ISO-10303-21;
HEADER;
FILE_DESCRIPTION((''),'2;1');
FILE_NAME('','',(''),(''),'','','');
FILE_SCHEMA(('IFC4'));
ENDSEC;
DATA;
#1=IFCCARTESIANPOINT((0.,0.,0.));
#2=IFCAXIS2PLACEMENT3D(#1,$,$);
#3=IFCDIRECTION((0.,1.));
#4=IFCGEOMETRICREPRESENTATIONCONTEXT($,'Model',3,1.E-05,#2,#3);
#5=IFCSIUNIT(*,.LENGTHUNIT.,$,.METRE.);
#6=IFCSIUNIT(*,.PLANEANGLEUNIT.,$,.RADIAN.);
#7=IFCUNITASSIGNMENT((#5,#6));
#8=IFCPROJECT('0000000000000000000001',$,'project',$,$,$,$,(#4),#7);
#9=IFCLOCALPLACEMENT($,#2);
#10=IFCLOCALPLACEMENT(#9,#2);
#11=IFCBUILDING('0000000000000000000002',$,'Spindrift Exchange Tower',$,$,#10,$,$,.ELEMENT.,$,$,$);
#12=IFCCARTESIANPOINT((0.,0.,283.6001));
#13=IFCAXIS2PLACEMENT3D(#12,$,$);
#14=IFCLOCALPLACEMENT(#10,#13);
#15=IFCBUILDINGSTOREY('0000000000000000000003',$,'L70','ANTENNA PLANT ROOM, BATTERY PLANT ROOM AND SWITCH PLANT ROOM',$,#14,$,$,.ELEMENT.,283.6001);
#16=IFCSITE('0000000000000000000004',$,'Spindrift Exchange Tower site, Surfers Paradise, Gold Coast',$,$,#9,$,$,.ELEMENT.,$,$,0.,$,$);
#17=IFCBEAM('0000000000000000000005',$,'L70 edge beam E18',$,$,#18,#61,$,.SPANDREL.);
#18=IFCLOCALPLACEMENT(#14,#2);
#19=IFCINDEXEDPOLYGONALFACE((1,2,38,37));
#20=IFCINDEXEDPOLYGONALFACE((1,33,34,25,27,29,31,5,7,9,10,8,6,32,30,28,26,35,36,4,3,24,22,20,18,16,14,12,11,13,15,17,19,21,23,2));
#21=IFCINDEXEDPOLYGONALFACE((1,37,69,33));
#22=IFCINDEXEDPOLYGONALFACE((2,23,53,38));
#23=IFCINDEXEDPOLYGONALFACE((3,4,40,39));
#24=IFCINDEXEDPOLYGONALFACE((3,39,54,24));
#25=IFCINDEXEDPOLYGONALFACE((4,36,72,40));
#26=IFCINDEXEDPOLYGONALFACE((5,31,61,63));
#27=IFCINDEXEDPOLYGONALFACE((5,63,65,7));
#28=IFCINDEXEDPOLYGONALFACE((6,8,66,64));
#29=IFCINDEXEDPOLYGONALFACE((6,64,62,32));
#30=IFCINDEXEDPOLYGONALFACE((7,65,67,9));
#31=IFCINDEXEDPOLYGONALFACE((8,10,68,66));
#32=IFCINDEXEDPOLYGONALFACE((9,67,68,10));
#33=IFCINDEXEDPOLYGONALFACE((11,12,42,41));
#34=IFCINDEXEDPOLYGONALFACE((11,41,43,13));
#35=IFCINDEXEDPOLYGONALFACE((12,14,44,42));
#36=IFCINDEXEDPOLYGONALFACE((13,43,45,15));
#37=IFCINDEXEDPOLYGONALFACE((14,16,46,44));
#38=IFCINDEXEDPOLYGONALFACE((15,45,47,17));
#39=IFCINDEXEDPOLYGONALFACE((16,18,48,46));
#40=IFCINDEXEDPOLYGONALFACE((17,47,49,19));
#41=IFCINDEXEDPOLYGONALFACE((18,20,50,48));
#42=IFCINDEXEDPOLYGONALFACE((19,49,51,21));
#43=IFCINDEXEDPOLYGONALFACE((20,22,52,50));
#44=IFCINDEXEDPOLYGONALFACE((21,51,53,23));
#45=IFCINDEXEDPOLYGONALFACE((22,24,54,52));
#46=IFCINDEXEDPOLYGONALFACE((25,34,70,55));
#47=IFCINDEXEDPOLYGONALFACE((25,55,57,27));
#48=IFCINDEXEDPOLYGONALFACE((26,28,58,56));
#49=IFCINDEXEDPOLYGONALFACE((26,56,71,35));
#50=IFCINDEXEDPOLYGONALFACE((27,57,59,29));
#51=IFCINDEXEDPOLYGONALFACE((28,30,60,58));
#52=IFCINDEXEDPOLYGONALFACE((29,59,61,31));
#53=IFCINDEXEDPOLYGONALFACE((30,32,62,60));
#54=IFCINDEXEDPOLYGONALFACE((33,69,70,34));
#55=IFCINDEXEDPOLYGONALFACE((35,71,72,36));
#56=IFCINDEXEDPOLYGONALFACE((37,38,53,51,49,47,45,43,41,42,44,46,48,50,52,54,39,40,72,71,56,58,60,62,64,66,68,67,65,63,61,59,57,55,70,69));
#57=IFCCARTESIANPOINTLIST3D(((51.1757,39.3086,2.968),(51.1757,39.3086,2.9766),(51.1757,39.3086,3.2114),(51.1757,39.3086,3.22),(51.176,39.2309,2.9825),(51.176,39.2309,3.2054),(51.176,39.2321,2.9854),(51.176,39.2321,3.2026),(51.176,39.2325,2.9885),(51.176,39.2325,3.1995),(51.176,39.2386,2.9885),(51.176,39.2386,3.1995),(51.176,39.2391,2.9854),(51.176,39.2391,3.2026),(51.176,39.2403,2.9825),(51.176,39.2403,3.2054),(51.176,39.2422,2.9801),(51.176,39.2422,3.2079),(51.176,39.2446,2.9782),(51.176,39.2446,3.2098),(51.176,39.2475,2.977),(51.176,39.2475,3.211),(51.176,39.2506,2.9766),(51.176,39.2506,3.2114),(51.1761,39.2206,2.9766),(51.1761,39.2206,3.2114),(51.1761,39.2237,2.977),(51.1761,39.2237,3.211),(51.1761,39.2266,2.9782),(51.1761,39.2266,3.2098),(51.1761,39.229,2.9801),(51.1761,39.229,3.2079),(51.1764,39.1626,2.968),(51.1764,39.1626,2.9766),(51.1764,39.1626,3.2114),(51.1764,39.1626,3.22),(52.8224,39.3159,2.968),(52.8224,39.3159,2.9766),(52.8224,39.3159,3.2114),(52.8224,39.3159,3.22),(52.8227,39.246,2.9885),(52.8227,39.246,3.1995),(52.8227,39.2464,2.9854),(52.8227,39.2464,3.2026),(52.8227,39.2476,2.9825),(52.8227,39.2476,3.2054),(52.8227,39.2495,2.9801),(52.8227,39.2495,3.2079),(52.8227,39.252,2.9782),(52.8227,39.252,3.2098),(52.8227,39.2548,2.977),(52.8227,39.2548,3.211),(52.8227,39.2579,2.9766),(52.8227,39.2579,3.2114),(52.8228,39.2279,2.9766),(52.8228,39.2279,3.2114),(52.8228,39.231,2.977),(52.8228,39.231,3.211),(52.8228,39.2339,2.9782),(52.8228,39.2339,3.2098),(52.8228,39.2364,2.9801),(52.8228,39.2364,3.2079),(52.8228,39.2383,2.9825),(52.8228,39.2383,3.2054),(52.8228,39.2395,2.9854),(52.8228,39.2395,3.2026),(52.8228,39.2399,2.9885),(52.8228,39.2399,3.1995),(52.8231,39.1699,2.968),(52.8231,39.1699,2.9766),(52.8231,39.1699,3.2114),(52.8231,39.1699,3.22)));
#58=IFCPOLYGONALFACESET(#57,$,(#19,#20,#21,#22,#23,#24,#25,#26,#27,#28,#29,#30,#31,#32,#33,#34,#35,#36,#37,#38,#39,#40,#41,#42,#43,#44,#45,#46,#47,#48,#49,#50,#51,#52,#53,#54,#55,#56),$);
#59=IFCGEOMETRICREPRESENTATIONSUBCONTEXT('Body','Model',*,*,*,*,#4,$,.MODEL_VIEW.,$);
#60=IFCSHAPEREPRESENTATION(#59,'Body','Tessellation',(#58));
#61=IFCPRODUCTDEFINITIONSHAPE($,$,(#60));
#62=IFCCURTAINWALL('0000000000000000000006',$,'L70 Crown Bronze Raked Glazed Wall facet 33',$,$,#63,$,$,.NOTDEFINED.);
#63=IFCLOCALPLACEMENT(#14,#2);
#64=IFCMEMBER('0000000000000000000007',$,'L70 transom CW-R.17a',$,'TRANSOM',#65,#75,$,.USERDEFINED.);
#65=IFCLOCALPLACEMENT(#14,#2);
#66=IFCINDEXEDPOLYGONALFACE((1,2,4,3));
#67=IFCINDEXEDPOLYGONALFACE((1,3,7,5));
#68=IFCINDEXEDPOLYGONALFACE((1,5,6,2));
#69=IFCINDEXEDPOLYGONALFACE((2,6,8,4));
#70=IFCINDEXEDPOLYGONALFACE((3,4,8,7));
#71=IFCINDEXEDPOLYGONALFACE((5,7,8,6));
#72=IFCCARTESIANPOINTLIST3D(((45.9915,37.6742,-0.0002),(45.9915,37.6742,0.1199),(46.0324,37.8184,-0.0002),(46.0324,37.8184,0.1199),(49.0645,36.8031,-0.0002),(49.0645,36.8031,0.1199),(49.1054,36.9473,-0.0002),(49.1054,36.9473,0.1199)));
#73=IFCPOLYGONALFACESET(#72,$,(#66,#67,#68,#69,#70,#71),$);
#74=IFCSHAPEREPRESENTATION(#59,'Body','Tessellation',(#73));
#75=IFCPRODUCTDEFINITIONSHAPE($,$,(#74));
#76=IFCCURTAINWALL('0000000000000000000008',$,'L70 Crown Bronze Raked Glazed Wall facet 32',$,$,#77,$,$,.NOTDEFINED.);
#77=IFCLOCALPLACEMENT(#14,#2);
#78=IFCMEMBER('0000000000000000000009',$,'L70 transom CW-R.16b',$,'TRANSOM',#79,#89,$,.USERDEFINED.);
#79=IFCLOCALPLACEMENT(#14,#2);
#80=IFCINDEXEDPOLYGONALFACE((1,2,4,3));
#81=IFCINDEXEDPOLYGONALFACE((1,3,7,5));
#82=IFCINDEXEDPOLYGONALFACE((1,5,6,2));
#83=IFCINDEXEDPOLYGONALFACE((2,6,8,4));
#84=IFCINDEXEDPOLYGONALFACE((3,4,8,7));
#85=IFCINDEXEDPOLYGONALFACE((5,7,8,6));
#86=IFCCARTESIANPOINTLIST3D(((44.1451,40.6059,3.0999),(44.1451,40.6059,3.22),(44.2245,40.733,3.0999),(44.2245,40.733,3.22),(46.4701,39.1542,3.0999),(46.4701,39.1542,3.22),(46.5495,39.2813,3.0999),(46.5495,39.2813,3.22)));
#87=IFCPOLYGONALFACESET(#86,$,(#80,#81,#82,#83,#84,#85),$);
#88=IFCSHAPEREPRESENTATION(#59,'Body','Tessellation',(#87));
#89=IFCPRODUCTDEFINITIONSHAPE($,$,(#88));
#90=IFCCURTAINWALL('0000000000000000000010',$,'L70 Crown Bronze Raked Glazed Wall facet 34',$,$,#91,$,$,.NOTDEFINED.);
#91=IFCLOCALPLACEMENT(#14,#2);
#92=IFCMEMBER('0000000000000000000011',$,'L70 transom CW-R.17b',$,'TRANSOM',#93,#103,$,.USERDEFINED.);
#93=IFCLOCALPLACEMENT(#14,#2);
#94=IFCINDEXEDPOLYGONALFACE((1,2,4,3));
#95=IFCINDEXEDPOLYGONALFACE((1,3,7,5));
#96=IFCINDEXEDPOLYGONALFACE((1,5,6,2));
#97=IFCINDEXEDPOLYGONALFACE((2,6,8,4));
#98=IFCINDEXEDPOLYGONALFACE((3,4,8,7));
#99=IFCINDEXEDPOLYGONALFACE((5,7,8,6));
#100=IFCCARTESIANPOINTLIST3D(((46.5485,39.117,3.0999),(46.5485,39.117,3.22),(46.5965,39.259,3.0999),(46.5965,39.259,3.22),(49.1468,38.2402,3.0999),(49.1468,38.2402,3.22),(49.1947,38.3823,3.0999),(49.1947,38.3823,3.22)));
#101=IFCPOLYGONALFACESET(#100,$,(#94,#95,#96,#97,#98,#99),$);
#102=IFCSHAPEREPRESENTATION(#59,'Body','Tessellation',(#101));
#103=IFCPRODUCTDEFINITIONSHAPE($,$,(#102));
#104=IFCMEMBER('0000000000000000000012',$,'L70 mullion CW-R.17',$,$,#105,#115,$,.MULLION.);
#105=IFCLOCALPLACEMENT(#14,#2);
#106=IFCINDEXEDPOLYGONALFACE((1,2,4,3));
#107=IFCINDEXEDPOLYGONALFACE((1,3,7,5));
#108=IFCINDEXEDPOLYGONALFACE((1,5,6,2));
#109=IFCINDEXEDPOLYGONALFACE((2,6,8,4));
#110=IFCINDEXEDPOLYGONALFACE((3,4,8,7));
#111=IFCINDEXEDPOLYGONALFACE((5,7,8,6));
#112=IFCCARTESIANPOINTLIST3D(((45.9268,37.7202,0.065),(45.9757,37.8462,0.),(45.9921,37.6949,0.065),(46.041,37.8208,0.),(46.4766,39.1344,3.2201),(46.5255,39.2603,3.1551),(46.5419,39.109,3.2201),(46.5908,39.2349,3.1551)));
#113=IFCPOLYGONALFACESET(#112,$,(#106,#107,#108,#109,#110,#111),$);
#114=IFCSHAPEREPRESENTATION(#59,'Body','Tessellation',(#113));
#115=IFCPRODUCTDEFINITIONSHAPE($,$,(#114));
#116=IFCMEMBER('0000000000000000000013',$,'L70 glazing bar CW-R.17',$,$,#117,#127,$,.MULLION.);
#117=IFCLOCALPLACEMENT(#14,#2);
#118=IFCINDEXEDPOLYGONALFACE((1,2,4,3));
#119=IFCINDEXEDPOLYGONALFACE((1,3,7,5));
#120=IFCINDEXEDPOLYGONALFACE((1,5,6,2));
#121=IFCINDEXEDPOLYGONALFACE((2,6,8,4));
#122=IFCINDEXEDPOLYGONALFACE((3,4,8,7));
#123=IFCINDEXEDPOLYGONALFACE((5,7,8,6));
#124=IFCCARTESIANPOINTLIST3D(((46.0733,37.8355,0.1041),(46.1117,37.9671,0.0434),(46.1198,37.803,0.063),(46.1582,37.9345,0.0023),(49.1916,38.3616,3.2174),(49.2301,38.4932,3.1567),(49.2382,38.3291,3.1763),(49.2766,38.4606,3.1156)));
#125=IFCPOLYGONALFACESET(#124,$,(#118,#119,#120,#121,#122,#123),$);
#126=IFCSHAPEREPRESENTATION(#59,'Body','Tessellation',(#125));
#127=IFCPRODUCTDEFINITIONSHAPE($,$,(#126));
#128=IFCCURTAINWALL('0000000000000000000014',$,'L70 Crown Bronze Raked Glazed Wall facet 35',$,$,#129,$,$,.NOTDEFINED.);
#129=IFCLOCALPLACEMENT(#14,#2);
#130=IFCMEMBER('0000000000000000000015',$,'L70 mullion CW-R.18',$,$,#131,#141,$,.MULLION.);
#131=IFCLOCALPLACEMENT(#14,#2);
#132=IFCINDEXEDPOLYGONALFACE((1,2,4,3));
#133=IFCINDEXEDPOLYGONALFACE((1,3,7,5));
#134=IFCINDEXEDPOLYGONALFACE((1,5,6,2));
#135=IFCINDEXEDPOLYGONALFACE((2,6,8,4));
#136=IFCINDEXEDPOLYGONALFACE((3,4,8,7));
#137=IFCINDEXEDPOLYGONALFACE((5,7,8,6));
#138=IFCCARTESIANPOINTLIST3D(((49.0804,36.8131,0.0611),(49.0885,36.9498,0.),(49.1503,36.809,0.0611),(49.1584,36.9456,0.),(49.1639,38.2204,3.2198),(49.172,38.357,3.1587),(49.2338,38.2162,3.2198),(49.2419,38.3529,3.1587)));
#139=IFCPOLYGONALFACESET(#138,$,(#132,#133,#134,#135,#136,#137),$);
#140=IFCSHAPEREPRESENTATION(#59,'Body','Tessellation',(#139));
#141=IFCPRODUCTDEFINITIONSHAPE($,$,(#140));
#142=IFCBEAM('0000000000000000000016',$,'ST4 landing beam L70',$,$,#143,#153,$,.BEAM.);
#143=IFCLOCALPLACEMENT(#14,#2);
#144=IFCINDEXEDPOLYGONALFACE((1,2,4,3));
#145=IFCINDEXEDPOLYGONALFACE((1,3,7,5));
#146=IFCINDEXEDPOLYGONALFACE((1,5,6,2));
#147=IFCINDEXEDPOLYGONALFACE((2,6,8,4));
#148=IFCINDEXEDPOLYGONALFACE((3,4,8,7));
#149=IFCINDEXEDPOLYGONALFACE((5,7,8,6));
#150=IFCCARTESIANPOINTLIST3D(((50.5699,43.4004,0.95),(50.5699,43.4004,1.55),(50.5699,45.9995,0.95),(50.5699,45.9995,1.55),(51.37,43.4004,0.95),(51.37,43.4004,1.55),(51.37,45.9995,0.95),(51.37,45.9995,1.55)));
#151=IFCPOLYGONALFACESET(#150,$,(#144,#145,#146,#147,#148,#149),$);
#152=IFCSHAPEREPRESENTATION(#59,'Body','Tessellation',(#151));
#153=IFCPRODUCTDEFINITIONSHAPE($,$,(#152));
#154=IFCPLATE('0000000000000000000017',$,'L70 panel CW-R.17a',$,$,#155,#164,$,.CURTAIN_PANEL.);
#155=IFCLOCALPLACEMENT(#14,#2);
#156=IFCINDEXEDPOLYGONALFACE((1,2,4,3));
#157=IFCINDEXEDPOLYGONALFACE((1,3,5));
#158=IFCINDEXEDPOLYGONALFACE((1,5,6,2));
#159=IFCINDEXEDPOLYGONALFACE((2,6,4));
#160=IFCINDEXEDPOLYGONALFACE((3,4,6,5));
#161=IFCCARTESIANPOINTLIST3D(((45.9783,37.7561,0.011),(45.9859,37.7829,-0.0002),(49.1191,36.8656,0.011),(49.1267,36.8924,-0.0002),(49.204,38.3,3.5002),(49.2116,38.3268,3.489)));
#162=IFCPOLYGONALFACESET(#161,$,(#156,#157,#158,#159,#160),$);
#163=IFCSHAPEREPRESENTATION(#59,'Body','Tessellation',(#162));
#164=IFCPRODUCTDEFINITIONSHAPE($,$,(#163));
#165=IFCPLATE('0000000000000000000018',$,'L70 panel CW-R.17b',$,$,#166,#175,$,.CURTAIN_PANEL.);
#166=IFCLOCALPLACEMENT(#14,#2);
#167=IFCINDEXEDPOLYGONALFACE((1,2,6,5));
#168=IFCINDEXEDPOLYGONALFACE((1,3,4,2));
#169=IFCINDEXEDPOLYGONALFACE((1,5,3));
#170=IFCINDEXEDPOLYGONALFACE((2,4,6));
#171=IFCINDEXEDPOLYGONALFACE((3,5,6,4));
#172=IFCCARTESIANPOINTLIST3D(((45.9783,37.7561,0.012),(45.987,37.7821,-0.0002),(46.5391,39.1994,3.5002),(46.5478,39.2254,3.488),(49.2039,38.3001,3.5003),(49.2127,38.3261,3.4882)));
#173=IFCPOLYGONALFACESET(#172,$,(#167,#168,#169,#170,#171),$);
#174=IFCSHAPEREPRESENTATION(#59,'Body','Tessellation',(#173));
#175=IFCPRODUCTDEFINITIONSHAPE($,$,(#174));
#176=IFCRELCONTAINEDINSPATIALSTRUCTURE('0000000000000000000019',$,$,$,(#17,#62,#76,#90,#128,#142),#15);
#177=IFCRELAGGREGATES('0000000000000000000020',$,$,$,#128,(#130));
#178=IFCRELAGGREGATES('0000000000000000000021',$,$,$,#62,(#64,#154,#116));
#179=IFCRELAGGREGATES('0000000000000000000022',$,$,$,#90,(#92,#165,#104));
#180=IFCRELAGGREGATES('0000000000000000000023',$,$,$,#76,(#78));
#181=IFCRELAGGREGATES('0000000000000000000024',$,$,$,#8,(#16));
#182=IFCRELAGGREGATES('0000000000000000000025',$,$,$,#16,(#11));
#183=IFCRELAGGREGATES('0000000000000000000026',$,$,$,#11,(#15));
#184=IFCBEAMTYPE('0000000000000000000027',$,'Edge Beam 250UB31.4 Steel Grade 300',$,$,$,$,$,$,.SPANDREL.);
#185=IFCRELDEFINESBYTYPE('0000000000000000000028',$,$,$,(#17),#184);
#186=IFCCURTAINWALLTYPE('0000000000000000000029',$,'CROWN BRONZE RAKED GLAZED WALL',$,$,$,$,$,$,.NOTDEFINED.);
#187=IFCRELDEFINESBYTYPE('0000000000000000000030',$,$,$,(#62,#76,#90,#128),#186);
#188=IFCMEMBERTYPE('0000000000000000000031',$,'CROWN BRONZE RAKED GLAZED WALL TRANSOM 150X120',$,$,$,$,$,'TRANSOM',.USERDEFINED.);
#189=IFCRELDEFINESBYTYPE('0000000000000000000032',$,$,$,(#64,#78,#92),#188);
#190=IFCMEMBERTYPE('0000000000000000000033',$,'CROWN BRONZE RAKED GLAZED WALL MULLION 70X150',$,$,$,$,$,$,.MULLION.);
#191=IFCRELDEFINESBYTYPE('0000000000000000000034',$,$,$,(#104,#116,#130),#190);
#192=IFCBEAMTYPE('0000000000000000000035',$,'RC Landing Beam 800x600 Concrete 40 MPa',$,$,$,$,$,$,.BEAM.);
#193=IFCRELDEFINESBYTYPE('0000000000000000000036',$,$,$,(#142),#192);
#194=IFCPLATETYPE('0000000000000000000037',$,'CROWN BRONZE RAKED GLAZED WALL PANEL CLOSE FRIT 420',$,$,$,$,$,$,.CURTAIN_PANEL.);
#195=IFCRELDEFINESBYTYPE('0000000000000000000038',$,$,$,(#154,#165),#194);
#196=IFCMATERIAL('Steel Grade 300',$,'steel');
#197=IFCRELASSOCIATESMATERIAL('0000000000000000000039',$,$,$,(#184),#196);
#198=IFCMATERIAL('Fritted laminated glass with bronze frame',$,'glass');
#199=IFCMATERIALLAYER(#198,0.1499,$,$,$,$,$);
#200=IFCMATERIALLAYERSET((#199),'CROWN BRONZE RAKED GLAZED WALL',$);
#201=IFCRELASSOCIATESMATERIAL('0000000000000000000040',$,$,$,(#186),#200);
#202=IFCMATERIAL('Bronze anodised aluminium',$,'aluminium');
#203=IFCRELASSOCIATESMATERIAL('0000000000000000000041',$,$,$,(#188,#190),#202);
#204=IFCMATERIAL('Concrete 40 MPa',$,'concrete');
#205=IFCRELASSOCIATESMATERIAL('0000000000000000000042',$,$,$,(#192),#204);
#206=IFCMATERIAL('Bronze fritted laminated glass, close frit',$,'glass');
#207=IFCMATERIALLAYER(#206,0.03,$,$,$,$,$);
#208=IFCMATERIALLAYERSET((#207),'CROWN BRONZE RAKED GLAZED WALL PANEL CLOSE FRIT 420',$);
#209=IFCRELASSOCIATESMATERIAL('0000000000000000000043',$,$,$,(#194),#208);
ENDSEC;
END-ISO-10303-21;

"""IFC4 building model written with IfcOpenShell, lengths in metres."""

from ifc_helpers import new_model, si_unit, direction, frame, origin, origin_2d, place, context, subcontext, project, spatial, line, indexed_curve, rectangle, i_section, outline, extrude, source, transform, mapped, material, layer, layer_set, material_profile, profile_set, type_object, element, aggregate, save


model = new_model("IFC4")

# Units and contexts
model_context = context("Model", 3, precision=1e-05, world=origin(), true_north=direction((0.0, 1.0)))
body_context = subcontext(model_context, "Body", "Model", "MODEL_VIEW")
ifc_project = project(units=[si_unit("LENGTHUNIT", "METRE"), si_unit("PLANEANGLEUNIT", "RADIAN")], contexts=[model_context])

# Site, building, storey
site_placement = place(None, origin())
site = spatial("IfcSite", under=ifc_project, at=site_placement, Name="Spindrift Exchange Tower site, Surfers Paradise, Gold Coast", CompositionType="ELEMENT", RefElevation=0.0)
building_placement = place(site_placement, origin())
building = spatial("IfcBuilding", under=site, at=building_placement, Name="Spindrift Exchange Tower", CompositionType="ELEMENT")
storey_placement = place(building_placement, frame((0.0, 0.0, 283.6001)))
storey = spatial("IfcBuildingStorey", under=building, at=storey_placement, Name="L70", Description="ANTENNA PLANT ROOM, BATTERY PLANT ROOM AND SWITCH PLANT ROOM", CompositionType="ELEMENT", Elevation=283.6001)

# Shared definitions
ifc_material_1 = material(Name="Concrete 40 MPa", Category="concrete")

# Beam
ifc_material_2 = material(Name="Steel Grade 300", Category="steel")
ifc_material_profile_1 = material_profile(ifc_material_2, i_section(OverallWidth=0.146, OverallDepth=0.252, WebThickness=0.0061, FlangeThickness=0.0085, FilletRadius=0.012, at=origin_2d()), Name="250UB31.4")
ifc_profile_set_1 = profile_set([ifc_material_profile_1], Name="Steel Grade 300")
beam_type_1 = type_object("IfcBeamType", Name="Edge Beam 250UB31.4 Steel Grade 300", PredefinedType="SPANDREL", material=ifc_profile_set_1)
shared_shape_1 = source(origin(), body_context, "Body", "SweptSolid", [
    extrude(i_section(OverallWidth=0.146, OverallDepth=0.252, WebThickness=0.0061, FlangeThickness=0.0085, FilletRadius=0.012, at=origin_2d()), origin(), (0.0, 0.0, 1.0), 1.6467),
])
beam_1_placement = place(storey_placement, frame((51.176, 39.2356, 3.094), z_axis=(0.99999, 0.004448, 0.0), x_axis=(-0.004448, 0.99999, 0.0)))
element("IfcBeam", 1, at=beam_1_placement, inside=storey, type_object=beam_type_1, Name="L70 edge beam E18", PredefinedType="SPANDREL", context=body_context, shape_type="MappedRepresentation", body=[
    mapped(shared_shape_1, transform((0.0, 0.0, 0.0), scale=1.0)),
])

# Curtain walls, members
ifc_material_3 = material(Name="Fritted laminated glass with bronze frame", Category="glass")
ifc_layer_1 = layer(ifc_material_3, 0.1499)
ifc_layer_set_1 = layer_set([ifc_layer_1], Name="CROWN BRONZE RAKED GLAZED WALL")
curtain_wall_type = type_object("IfcCurtainWallType", Name="CROWN BRONZE RAKED GLAZED WALL", PredefinedType="NOTDEFINED", material=ifc_layer_set_1)
curtain_wall_1_placement = place(storey_placement, origin())
curtain_wall_1 = element("IfcCurtainWall", 2, at=curtain_wall_1_placement, inside=storey, type_object=curtain_wall_type, Name="L70 Crown Bronze Raked Glazed Wall facet 33", PredefinedType="NOTDEFINED")
ifc_material_4 = material(Name="Bronze anodised aluminium", Category="aluminium")
ifc_material_profile_2 = material_profile(ifc_material_4, rectangle(XDim=0.1499, YDim=0.1201, at=origin_2d()), Name="CROWN BRONZE RAKED GLAZED WALL TRANSOM 150X120")
ifc_profile_set_2 = profile_set([ifc_material_profile_2], Name="Bronze anodised aluminium")
member_type_1 = type_object("IfcMemberType", Name="CROWN BRONZE RAKED GLAZED WALL TRANSOM 150X120", ElementType="TRANSOM", PredefinedType="USERDEFINED", material=ifc_profile_set_2)
shared_shape_2 = source(origin(), body_context, "Body", "SweptSolid", [
    extrude(rectangle(XDim=0.1499, YDim=0.1201, at=origin_2d()), origin(), (0.0, 0.0, 1.0), 3.1941),
])
member_1_placement = place(storey_placement, frame((46.012, 37.7463, 0.0598), z_axis=(0.962093, -0.272722, 0.0), x_axis=(0.272722, 0.962093, 0.0)))
member_1 = element("IfcMember", 3, at=member_1_placement, type_object=member_type_1, Name="L70 transom CW-R.17a", ObjectType="TRANSOM", PredefinedType="USERDEFINED", context=body_context, shape_type="MappedRepresentation", body=[
    mapped(shared_shape_2, transform((0.0, 0.0, 0.0), scale=1.0)),
])
curtain_wall_2_placement = place(storey_placement, origin())
curtain_wall_2 = element("IfcCurtainWall", 4, at=curtain_wall_2_placement, inside=storey, type_object=curtain_wall_type, Name="L70 Crown Bronze Raked Glazed Wall facet 32", PredefinedType="NOTDEFINED")
shared_shape_3 = source(origin(), body_context, "Body", "SweptSolid", [
    extrude(rectangle(XDim=0.1499, YDim=0.1201, at=origin_2d()), origin(), (0.0, 0.0, 1.0), 2.741),
])
member_2_placement = place(storey_placement, frame((46.5098, 39.2178, 3.1599), z_axis=(-0.848233, 0.529623, 0.0), x_axis=(-0.529623, -0.848233, 0.0)))
member_2 = element("IfcMember", 5, at=member_2_placement, type_object=member_type_1, Name="L70 transom CW-R.16b", ObjectType="TRANSOM", PredefinedType="USERDEFINED", context=body_context, shape_type="MappedRepresentation", body=[
    mapped(shared_shape_3, transform((0.0, 0.0, 0.0), scale=1.0)),
])

# Curtain wall, members
curtain_wall_3_placement = place(storey_placement, origin())
curtain_wall_3 = element("IfcCurtainWall", 6, at=curtain_wall_3_placement, inside=storey, type_object=curtain_wall_type, Name="L70 Crown Bronze Raked Glazed Wall facet 34", PredefinedType="NOTDEFINED")
shared_shape_4 = source(origin(), body_context, "Body", "SweptSolid", [
    extrude(rectangle(XDim=0.1499, YDim=0.1201, at=origin_2d()), origin(), (0.0, 0.0, 1.0), 2.7422),
])
member_3_placement = place(storey_placement, frame((46.5725, 39.188, 3.1599), z_axis=(0.94751, -0.319725, 0.0), x_axis=(0.319725, 0.94751, 0.0)))
member_3 = element("IfcMember", 7, at=member_3_placement, type_object=member_type_1, Name="L70 transom CW-R.17b", ObjectType="TRANSOM", PredefinedType="USERDEFINED", context=body_context, shape_type="MappedRepresentation", body=[
    mapped(shared_shape_4, transform((0.0, 0.0, 0.0), scale=1.0)),
])
ifc_material_profile_3 = material_profile(ifc_material_4, rectangle(XDim=0.0701, YDim=0.1499, at=origin_2d()), Name="CROWN BRONZE RAKED GLAZED WALL MULLION 70X150")
ifc_profile_set_3 = profile_set([ifc_material_profile_3], Name="Bronze anodised aluminium")
member_type_2 = type_object("IfcMemberType", Name="CROWN BRONZE RAKED GLAZED WALL MULLION 70X150", PredefinedType="MULLION", material=ifc_profile_set_3)
shared_shape_5 = source(origin(), body_context, "Body", "SweptSolid", [
    extrude(rectangle(XDim=0.0701, YDim=0.1499, at=origin_2d()), origin(), (0.0, 0.0, 1.0), 3.501),
])
member_4_placement = place(storey_placement, frame((45.9839, 37.7705, 0.0325), z_axis=(0.157048, 0.403918, 0.901214), x_axis=(-0.932029, 0.362384, 0.0)))
member_4 = element("IfcMember", 8, at=member_4_placement, type_object=member_type_2, Name="L70 mullion CW-R.17", PredefinedType="MULLION", context=body_context, shape_type="MappedRepresentation", body=[
    mapped(shared_shape_5, transform((0.0, 0.0, 0.0), scale=1.0)),
])

# Member
shared_shape_6 = source(origin(), body_context, "Body", "SweptSolid", [
    extrude(rectangle(XDim=0.0701, YDim=0.1499, at=origin_2d()), origin(), (0.0, 0.0, 1.0), 4.4377),
])
member_5_placement = place(storey_placement, frame((46.1157, 37.885, 0.0532), z_axis=(0.702697, 0.118556, 0.701542), x_axis=(-0.663714, 0.464451, 0.586318)))
member_5 = element("IfcMember", 9, at=member_5_placement, type_object=member_type_2, Name="L70 glazing bar CW-R.17", PredefinedType="MULLION", context=body_context, shape_type="MappedRepresentation", body=[
    mapped(shared_shape_6, transform((0.0, 0.0, 0.0), scale=1.0)),
])

# Curtain wall, member
curtain_wall_4_placement = place(storey_placement, origin())
curtain_wall_4 = element("IfcCurtainWall", 10, at=curtain_wall_4_placement, inside=storey, type_object=curtain_wall_type, Name="L70 Crown Bronze Raked Glazed Wall facet 35", PredefinedType="NOTDEFINED")
shared_shape_7 = source(origin(), body_context, "Body", "SweptSolid", [
    extrude(rectangle(XDim=0.0701, YDim=0.1499, at=origin_2d()), origin(), (0.0, 0.0, 1.0), 3.459),
])
member_6_placement = place(storey_placement, frame((49.1194, 36.8794, 0.0305), z_axis=(0.024139, 0.406832, 0.913184), x_axis=(-0.998244, 0.05923, 0.0)))
member_6 = element("IfcMember", 11, at=member_6_placement, type_object=member_type_2, Name="L70 mullion CW-R.18", PredefinedType="MULLION", context=body_context, shape_type="MappedRepresentation", body=[
    mapped(shared_shape_7, transform((0.0, 0.0, 0.0), scale=1.0)),
])
aggregate(curtain_wall_4, [member_6])

# Beam
ifc_material_profile_4 = material_profile(ifc_material_1, rectangle(XDim=0.8, YDim=0.6001, at=origin_2d()), Name="RC 800x600")
ifc_profile_set_4 = profile_set([ifc_material_profile_4], Name="Concrete 40 MPa")
beam_type_2 = type_object("IfcBeamType", Name="RC Landing Beam 800x600 Concrete 40 MPa", PredefinedType="BEAM", material=ifc_profile_set_4)
shared_shape_8 = source(origin(), body_context, "Body", "SweptSolid", [
    extrude(rectangle(XDim=0.8, YDim=0.6001, at=origin_2d()), origin(), (0.0, 0.0, 1.0), 2.5991),
])
beam_2_placement = place(storey_placement, frame((50.97, 43.4004, 1.25), z_axis=(0.0, 1.0, 0.0), x_axis=(-1.0, 0.0, 0.0)))
element("IfcBeam", 12, at=beam_2_placement, inside=storey, type_object=beam_type_2, Name="ST4 landing beam L70", PredefinedType="BEAM", context=body_context, shape_type="MappedRepresentation", body=[
    mapped(shared_shape_8, transform((0.0, 0.0, 0.0), scale=1.0)),
])

# Plates
ifc_material_5 = material(Name="Bronze fritted laminated glass, close frit", Category="glass")
ifc_layer_2 = layer(ifc_material_5, 0.03)
ifc_layer_set_2 = layer_set([ifc_layer_2], Name="CROWN BRONZE RAKED GLAZED WALL PANEL CLOSE FRIT 420")
plate_type_1 = type_object("IfcPlateType", Name="CROWN BRONZE RAKED GLAZED WALL PANEL CLOSE FRIT 420", PredefinedType="CURTAIN_PANEL", material=ifc_layer_set_2)
plate_1_placement = place(storey_placement, frame((45.9783, 37.7561, 0.011), z_axis=(-0.253077, -0.892604, 0.37311), x_axis=(0.962078, -0.272775, 0.0)))
plate_1 = element("IfcPlate", 13, at=plate_1_placement, type_object=plate_type_1, Name="L70 panel CW-R.17a", PredefinedType="CURTAIN_PANEL", context=body_context, shape_type="SweptSolid", body=[
    extrude(outline(indexed_curve([(0.0, 0.0), (3.2646, 0.0), (2.9551, 3.7607)], segments=[line(1, 2, 3, 1)], self_intersect=False)), origin(), (0.0, 0.0, -1.0), 0.03),
])
aggregate(curtain_wall_1, [member_1, plate_1, member_5])
plate_2_placement = place(storey_placement, frame((45.9783, 37.7561, 0.012), z_axis=(-0.292316, -0.866154, 0.405374), x_axis=(0.674511, 0.113755, 0.729448)))
plate_2 = element("IfcPlate", 14, at=plate_2_placement, type_object=plate_type_1, Name="L70 panel CW-R.17b", PredefinedType="CURTAIN_PANEL", context=body_context, shape_type="SweptSolid", body=[
    extrude(outline(indexed_curve([(0.0, 0.0), (4.7822, 0.0), (3.0869, 2.2441)], segments=[line(1, 2, 3, 1)], self_intersect=False)), origin(), (0.0, 0.0, -1.0), 0.03),
])
aggregate(curtain_wall_3, [member_3, plate_2, member_4])

aggregate(curtain_wall_2, [member_2])

save(model, "model.ifc")
